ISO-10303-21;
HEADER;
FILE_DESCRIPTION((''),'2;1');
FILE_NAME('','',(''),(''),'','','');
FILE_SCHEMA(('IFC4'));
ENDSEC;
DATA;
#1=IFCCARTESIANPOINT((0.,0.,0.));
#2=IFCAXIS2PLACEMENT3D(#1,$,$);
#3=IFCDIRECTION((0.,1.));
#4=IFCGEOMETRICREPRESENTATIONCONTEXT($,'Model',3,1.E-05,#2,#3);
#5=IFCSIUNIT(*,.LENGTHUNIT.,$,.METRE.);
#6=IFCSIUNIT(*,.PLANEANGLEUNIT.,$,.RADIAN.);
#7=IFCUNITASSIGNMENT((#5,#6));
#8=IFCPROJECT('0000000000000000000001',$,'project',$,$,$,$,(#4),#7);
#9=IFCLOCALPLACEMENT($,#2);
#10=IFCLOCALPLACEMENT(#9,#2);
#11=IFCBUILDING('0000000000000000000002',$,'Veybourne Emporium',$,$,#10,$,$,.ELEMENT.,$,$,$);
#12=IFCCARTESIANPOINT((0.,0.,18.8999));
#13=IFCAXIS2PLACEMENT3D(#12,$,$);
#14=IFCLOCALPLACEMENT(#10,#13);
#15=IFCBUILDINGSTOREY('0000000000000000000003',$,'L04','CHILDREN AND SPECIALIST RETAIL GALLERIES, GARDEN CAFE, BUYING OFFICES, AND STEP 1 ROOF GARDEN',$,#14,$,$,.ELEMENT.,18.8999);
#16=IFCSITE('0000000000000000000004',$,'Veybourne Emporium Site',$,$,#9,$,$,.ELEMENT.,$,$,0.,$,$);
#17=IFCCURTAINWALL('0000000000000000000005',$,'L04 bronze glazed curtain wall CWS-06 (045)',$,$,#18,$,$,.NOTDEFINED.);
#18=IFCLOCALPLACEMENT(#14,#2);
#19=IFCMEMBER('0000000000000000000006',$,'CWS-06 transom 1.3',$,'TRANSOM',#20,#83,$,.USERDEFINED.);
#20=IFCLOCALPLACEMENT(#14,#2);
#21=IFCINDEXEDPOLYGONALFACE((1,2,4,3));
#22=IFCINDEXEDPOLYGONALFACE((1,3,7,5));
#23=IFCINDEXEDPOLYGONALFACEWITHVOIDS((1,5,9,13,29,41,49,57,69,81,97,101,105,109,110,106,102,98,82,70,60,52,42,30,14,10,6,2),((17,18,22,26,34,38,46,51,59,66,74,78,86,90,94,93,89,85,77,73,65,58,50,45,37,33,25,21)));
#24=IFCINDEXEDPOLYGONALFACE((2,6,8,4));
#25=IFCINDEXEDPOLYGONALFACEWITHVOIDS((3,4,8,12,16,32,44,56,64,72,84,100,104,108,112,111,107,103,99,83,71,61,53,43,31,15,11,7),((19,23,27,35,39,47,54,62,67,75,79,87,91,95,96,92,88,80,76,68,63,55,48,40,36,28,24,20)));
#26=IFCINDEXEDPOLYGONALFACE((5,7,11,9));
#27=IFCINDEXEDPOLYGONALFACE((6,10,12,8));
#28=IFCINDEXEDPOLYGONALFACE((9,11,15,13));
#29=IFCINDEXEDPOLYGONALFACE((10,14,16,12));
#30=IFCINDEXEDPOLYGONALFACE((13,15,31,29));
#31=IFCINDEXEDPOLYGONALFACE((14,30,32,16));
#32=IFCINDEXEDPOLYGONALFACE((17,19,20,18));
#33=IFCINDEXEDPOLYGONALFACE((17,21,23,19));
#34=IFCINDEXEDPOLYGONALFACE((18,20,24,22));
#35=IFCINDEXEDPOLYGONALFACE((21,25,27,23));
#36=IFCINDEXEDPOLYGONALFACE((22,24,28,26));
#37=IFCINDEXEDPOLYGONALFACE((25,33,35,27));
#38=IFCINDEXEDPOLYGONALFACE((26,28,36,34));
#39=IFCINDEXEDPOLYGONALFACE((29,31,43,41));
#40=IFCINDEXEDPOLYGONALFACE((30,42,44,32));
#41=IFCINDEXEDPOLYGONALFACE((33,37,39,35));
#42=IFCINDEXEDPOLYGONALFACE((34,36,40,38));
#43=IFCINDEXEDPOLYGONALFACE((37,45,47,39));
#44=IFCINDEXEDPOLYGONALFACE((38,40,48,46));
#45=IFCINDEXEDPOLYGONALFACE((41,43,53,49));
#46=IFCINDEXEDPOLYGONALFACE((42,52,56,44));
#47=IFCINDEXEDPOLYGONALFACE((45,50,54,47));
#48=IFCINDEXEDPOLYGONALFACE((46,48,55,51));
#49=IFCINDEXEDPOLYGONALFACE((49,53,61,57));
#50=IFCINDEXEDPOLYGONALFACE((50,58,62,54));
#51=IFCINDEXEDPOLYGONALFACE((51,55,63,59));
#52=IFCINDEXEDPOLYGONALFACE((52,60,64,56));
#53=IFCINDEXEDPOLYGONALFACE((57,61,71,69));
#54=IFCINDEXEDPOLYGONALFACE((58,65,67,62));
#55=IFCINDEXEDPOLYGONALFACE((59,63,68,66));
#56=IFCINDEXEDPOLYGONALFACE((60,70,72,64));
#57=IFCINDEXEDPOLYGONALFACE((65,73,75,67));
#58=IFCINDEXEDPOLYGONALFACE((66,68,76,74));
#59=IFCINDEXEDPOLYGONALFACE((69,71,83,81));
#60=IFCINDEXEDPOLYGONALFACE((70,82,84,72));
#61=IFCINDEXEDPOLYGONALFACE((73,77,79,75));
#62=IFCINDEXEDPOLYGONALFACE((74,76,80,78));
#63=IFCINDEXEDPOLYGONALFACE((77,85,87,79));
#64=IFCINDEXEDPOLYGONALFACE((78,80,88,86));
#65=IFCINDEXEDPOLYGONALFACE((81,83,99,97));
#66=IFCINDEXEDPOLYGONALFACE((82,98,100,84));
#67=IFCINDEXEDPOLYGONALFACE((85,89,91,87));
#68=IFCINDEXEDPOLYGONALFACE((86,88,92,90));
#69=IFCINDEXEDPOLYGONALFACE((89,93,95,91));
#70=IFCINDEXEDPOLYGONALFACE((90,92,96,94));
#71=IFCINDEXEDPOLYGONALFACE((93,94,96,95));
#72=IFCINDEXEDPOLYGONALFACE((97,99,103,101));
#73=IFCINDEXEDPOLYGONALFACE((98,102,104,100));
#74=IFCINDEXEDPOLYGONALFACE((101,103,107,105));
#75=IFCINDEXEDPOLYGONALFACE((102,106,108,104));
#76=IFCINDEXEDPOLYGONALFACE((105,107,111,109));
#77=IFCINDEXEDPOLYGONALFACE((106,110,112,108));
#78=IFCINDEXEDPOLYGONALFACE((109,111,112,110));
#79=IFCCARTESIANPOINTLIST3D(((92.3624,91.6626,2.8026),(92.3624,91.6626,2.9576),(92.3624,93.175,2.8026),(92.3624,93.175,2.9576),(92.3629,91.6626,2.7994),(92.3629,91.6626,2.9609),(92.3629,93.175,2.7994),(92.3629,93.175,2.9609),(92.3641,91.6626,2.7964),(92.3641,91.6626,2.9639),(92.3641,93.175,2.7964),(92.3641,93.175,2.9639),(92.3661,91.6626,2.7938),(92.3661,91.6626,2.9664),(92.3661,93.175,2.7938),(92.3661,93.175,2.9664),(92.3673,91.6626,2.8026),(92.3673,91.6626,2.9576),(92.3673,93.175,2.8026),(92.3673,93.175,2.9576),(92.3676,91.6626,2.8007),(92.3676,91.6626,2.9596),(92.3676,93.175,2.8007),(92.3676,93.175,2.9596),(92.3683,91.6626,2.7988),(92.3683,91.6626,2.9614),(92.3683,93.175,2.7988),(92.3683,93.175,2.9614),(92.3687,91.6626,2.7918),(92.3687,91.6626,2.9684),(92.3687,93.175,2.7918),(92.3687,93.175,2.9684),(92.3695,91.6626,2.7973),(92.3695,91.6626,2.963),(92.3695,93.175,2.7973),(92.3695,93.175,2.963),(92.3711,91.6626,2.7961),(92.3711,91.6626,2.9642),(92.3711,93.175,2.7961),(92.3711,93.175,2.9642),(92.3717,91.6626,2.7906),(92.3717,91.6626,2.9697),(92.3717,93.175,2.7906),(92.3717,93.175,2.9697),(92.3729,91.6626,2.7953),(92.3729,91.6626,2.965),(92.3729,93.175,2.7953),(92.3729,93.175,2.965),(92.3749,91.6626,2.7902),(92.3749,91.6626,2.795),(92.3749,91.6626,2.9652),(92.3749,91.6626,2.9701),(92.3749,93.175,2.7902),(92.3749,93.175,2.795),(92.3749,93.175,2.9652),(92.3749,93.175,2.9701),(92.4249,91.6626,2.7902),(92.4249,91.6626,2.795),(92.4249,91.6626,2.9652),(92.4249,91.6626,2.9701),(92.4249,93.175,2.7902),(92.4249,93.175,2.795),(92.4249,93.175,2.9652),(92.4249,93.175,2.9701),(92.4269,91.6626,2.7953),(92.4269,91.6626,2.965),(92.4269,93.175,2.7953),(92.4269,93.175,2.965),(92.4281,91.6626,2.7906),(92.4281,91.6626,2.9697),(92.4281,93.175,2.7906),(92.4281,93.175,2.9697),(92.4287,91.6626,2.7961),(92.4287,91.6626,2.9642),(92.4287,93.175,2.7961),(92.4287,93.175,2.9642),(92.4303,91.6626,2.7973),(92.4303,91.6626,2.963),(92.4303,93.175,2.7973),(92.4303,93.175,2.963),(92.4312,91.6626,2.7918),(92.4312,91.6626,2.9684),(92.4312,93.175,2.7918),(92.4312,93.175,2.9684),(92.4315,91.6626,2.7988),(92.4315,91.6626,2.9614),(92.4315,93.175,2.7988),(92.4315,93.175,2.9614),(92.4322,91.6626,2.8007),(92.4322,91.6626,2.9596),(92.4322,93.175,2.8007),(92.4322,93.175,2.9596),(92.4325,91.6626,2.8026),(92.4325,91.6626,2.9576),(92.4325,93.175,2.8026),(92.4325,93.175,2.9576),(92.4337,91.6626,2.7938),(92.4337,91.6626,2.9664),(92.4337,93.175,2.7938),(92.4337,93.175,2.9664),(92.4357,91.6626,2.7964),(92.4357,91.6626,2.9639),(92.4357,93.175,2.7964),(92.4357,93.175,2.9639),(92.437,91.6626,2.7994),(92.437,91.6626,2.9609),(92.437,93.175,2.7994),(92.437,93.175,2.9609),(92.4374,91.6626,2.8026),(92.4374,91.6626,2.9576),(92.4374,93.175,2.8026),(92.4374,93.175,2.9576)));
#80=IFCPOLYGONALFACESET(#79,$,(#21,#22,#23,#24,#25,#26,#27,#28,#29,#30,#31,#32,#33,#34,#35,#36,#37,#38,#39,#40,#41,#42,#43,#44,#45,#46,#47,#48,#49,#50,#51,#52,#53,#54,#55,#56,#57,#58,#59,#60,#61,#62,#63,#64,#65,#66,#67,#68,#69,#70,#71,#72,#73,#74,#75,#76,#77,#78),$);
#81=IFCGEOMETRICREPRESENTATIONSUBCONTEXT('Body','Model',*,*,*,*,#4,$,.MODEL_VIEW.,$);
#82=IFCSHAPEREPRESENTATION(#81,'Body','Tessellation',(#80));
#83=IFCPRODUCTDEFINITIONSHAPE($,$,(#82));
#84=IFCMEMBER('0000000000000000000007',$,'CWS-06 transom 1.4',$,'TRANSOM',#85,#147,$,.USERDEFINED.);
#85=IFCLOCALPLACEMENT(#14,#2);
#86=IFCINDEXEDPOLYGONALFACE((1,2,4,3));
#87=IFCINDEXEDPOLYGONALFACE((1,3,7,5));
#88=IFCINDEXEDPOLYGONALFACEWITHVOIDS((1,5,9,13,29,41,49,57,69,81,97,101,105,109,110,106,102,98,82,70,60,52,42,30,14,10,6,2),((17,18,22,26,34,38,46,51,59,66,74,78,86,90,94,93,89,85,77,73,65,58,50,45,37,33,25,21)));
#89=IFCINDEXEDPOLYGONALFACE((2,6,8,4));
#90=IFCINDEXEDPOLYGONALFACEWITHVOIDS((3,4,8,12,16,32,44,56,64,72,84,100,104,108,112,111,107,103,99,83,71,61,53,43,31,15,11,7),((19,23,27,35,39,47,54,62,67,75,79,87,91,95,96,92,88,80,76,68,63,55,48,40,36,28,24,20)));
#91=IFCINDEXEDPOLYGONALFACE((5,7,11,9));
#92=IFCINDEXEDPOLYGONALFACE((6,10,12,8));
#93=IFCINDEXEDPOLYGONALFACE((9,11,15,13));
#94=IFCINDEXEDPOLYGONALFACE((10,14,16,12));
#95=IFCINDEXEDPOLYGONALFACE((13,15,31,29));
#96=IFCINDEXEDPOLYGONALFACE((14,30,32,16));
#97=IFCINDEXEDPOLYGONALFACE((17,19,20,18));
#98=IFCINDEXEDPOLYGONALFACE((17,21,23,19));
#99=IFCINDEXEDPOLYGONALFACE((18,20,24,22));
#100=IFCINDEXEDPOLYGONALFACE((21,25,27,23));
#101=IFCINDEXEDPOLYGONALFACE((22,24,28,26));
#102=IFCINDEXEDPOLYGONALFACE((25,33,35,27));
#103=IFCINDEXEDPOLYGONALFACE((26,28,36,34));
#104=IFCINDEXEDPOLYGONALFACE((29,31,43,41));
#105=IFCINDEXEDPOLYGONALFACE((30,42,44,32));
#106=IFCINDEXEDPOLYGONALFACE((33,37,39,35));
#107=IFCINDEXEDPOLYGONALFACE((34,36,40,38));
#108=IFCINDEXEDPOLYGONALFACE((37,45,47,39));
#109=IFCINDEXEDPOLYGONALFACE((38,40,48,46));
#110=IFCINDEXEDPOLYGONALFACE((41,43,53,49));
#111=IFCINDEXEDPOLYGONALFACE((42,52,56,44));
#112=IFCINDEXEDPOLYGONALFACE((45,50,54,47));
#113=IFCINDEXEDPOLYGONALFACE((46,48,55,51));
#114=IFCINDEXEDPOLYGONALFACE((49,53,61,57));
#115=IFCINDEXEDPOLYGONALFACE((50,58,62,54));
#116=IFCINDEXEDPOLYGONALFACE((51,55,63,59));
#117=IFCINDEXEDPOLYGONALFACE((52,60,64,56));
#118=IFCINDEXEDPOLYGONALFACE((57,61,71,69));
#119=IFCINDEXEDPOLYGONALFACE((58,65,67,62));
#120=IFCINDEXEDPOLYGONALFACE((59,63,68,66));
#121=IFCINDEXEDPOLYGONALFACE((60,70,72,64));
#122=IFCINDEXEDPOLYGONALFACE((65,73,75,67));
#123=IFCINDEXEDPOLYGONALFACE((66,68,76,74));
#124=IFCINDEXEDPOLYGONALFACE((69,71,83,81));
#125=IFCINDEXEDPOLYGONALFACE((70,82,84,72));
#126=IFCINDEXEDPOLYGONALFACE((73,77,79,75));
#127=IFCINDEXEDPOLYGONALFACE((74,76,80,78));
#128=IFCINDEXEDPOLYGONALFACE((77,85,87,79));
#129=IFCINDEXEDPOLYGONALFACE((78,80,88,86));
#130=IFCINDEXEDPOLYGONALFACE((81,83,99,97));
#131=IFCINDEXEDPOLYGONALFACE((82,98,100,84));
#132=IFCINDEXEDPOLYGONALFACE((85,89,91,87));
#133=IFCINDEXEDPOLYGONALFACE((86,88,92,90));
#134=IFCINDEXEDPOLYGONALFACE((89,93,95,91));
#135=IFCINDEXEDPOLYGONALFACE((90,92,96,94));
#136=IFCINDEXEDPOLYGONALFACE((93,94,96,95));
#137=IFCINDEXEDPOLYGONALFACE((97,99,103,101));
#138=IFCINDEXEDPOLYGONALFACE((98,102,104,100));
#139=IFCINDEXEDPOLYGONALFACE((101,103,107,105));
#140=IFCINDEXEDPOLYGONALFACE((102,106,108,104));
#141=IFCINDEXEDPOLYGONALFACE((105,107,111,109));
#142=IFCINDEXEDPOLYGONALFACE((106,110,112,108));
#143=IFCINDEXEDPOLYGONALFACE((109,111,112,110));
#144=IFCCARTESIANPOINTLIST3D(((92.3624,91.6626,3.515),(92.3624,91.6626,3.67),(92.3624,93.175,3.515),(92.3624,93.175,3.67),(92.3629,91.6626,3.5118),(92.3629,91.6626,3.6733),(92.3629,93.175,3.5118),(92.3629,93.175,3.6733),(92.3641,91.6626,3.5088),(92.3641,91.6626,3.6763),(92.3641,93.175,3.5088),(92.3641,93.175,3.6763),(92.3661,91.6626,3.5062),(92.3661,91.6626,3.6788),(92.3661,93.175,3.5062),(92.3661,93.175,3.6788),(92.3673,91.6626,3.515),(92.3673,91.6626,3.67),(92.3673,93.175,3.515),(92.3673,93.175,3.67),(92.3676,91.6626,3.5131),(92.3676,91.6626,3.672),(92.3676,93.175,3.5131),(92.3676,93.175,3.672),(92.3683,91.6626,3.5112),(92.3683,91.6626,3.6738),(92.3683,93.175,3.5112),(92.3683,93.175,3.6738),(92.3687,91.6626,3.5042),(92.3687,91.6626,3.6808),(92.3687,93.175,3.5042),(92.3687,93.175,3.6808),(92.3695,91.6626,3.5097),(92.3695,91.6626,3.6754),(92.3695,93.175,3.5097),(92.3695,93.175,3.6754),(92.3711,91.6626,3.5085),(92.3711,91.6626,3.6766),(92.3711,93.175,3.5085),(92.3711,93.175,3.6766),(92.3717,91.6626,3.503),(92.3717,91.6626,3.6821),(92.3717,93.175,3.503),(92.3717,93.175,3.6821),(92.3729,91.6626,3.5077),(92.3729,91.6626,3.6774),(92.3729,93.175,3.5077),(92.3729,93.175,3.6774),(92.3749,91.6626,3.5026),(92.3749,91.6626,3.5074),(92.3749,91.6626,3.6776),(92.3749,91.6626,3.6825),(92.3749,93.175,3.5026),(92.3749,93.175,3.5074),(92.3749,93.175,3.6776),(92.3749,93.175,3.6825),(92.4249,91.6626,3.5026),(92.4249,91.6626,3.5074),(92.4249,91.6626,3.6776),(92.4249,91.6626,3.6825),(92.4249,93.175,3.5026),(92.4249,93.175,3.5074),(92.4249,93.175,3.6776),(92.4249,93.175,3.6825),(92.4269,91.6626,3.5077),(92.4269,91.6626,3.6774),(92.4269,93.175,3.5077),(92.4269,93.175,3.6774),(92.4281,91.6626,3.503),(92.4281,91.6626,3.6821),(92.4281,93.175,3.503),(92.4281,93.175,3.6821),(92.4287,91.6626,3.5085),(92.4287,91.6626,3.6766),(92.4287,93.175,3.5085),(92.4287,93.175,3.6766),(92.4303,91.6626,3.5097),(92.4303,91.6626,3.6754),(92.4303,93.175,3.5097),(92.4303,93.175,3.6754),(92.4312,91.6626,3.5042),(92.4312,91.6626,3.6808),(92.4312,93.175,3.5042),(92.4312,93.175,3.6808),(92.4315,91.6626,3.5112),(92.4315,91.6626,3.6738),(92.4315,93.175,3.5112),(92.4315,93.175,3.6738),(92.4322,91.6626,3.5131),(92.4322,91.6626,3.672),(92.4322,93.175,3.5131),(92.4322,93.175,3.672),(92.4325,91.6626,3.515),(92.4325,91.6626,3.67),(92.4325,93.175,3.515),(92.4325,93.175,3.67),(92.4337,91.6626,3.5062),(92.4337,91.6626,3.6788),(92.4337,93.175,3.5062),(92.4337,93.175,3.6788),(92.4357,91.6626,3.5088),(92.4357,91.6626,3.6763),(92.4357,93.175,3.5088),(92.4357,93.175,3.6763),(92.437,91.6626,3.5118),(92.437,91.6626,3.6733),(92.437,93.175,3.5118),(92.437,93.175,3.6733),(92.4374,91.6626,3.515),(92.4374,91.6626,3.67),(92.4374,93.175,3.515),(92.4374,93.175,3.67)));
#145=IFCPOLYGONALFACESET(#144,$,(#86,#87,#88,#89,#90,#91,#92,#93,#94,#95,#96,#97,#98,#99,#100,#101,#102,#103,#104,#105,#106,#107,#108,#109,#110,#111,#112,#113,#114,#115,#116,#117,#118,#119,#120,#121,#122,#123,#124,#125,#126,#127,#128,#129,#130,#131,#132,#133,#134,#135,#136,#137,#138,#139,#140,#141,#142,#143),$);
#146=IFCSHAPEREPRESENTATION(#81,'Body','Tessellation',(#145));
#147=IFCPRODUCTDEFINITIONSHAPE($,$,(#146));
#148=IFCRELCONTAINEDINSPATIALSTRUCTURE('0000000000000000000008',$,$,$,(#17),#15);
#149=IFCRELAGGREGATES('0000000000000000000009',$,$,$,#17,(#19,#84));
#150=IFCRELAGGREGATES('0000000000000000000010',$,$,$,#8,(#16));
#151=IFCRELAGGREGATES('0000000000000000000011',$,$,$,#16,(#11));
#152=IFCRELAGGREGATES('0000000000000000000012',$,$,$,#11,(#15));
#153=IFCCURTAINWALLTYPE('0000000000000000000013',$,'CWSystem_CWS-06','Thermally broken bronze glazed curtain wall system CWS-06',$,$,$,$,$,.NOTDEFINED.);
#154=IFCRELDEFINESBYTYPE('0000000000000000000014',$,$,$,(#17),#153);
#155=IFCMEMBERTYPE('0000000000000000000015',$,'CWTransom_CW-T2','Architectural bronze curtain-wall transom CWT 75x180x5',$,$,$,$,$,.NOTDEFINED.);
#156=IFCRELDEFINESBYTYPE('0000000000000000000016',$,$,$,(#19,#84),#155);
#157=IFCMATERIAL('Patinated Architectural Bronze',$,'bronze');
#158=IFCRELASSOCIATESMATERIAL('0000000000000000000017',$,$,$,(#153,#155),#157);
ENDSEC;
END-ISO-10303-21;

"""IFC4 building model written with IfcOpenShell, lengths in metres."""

from ifc_helpers import new_model, si_unit, direction, frame, origin, origin_2d, place, context, subcontext, project, spatial, hollow_rectangle, extrude, material, material_profile, profile_set, type_object, element, aggregate, save


model = new_model("IFC4")

# Units and contexts
model_context = context("Model", 3, precision=1e-05, world=origin(), true_north=direction((0.0, 1.0)))
body_context = subcontext(model_context, "Body", "Model", "MODEL_VIEW")
ifc_project = project(units=[si_unit("LENGTHUNIT", "METRE"), si_unit("PLANEANGLEUNIT", "RADIAN")], contexts=[model_context])

# Site, building, storey
site_placement = place(None, origin())
site = spatial("IfcSite", under=ifc_project, at=site_placement, Name="Veybourne Emporium Site", CompositionType="ELEMENT", RefElevation=0.0)
building_placement = place(site_placement, origin())
building = spatial("IfcBuilding", under=site, at=building_placement, Name="Veybourne Emporium", CompositionType="ELEMENT")
storey_placement = place(building_placement, frame((0.0, 0.0, 18.8999)))
storey = spatial("IfcBuildingStorey", under=building, at=storey_placement, Name="L04", Description="CHILDREN AND SPECIALIST RETAIL GALLERIES, GARDEN CAFE, BUYING OFFICES, AND STEP 1 ROOF GARDEN", CompositionType="ELEMENT", Elevation=18.8999)

# Curtain wall, members
ifc_material_1 = material(Name="Patinated Architectural Bronze", Category="bronze")
curtain_wall_type = type_object("IfcCurtainWallType", Name="CWSystem_CWS-06", Description="Thermally broken bronze glazed curtain wall system CWS-06", PredefinedType="NOTDEFINED", material=ifc_material_1)
curtain_wall_placement = place(storey_placement, origin())
curtain_wall = element("IfcCurtainWall", 1, at=curtain_wall_placement, inside=storey, type_object=curtain_wall_type, Name="L04 bronze glazed curtain wall CWS-06 (045)", PredefinedType="NOTDEFINED")
ifc_material_profile_1 = material_profile(ifc_material_1, hollow_rectangle(XDim=0.075, YDim=0.1799, WallThickness=0.0049, InnerFilletRadius=0.0076, OuterFilletRadius=0.0125, at=origin_2d()), Name="CWT 75x180x5")
ifc_profile_set_1 = profile_set([ifc_material_profile_1], Name="Patinated Architectural Bronze")
member_type_1 = type_object("IfcMemberType", Name="CWTransom_CW-T2", Description="Architectural bronze curtain-wall transom CWT 75x180x5", PredefinedType="NOTDEFINED", material=ifc_profile_set_1)
member_1_placement = place(storey_placement, frame((92.3999, 93.175, 2.8801), z_axis=(0.0, -1.0, 0.0), x_axis=(1.0, 0.0, 0.0)))
member_1 = element("IfcMember", 2, at=member_1_placement, type_object=member_type_1, Name="CWS-06 transom 1.3", ObjectType="TRANSOM", PredefinedType="USERDEFINED", context=body_context, shape_type="SweptSolid", body=[
    extrude(hollow_rectangle(XDim=0.075, YDim=0.1799, WallThickness=0.0049, InnerFilletRadius=0.0076, OuterFilletRadius=0.0125, at=origin_2d()), origin(), (0.0, 0.0, 1.0), 1.5125),
])
member_2_placement = place(storey_placement, frame((92.3999, 93.175, 3.5925), z_axis=(0.0, -1.0, 0.0), x_axis=(1.0, 0.0, 0.0)))
member_2 = element("IfcMember", 3, at=member_2_placement, type_object=member_type_1, Name="CWS-06 transom 1.4", ObjectType="TRANSOM", PredefinedType="USERDEFINED", context=body_context, shape_type="SweptSolid", body=[
    extrude(hollow_rectangle(XDim=0.075, YDim=0.1799, WallThickness=0.0049, InnerFilletRadius=0.0076, OuterFilletRadius=0.0125, at=origin_2d()), origin(), (0.0, 0.0, 1.0), 1.5125),
])
aggregate(curtain_wall, [member_1, member_2])

save(model, "model.ifc")
